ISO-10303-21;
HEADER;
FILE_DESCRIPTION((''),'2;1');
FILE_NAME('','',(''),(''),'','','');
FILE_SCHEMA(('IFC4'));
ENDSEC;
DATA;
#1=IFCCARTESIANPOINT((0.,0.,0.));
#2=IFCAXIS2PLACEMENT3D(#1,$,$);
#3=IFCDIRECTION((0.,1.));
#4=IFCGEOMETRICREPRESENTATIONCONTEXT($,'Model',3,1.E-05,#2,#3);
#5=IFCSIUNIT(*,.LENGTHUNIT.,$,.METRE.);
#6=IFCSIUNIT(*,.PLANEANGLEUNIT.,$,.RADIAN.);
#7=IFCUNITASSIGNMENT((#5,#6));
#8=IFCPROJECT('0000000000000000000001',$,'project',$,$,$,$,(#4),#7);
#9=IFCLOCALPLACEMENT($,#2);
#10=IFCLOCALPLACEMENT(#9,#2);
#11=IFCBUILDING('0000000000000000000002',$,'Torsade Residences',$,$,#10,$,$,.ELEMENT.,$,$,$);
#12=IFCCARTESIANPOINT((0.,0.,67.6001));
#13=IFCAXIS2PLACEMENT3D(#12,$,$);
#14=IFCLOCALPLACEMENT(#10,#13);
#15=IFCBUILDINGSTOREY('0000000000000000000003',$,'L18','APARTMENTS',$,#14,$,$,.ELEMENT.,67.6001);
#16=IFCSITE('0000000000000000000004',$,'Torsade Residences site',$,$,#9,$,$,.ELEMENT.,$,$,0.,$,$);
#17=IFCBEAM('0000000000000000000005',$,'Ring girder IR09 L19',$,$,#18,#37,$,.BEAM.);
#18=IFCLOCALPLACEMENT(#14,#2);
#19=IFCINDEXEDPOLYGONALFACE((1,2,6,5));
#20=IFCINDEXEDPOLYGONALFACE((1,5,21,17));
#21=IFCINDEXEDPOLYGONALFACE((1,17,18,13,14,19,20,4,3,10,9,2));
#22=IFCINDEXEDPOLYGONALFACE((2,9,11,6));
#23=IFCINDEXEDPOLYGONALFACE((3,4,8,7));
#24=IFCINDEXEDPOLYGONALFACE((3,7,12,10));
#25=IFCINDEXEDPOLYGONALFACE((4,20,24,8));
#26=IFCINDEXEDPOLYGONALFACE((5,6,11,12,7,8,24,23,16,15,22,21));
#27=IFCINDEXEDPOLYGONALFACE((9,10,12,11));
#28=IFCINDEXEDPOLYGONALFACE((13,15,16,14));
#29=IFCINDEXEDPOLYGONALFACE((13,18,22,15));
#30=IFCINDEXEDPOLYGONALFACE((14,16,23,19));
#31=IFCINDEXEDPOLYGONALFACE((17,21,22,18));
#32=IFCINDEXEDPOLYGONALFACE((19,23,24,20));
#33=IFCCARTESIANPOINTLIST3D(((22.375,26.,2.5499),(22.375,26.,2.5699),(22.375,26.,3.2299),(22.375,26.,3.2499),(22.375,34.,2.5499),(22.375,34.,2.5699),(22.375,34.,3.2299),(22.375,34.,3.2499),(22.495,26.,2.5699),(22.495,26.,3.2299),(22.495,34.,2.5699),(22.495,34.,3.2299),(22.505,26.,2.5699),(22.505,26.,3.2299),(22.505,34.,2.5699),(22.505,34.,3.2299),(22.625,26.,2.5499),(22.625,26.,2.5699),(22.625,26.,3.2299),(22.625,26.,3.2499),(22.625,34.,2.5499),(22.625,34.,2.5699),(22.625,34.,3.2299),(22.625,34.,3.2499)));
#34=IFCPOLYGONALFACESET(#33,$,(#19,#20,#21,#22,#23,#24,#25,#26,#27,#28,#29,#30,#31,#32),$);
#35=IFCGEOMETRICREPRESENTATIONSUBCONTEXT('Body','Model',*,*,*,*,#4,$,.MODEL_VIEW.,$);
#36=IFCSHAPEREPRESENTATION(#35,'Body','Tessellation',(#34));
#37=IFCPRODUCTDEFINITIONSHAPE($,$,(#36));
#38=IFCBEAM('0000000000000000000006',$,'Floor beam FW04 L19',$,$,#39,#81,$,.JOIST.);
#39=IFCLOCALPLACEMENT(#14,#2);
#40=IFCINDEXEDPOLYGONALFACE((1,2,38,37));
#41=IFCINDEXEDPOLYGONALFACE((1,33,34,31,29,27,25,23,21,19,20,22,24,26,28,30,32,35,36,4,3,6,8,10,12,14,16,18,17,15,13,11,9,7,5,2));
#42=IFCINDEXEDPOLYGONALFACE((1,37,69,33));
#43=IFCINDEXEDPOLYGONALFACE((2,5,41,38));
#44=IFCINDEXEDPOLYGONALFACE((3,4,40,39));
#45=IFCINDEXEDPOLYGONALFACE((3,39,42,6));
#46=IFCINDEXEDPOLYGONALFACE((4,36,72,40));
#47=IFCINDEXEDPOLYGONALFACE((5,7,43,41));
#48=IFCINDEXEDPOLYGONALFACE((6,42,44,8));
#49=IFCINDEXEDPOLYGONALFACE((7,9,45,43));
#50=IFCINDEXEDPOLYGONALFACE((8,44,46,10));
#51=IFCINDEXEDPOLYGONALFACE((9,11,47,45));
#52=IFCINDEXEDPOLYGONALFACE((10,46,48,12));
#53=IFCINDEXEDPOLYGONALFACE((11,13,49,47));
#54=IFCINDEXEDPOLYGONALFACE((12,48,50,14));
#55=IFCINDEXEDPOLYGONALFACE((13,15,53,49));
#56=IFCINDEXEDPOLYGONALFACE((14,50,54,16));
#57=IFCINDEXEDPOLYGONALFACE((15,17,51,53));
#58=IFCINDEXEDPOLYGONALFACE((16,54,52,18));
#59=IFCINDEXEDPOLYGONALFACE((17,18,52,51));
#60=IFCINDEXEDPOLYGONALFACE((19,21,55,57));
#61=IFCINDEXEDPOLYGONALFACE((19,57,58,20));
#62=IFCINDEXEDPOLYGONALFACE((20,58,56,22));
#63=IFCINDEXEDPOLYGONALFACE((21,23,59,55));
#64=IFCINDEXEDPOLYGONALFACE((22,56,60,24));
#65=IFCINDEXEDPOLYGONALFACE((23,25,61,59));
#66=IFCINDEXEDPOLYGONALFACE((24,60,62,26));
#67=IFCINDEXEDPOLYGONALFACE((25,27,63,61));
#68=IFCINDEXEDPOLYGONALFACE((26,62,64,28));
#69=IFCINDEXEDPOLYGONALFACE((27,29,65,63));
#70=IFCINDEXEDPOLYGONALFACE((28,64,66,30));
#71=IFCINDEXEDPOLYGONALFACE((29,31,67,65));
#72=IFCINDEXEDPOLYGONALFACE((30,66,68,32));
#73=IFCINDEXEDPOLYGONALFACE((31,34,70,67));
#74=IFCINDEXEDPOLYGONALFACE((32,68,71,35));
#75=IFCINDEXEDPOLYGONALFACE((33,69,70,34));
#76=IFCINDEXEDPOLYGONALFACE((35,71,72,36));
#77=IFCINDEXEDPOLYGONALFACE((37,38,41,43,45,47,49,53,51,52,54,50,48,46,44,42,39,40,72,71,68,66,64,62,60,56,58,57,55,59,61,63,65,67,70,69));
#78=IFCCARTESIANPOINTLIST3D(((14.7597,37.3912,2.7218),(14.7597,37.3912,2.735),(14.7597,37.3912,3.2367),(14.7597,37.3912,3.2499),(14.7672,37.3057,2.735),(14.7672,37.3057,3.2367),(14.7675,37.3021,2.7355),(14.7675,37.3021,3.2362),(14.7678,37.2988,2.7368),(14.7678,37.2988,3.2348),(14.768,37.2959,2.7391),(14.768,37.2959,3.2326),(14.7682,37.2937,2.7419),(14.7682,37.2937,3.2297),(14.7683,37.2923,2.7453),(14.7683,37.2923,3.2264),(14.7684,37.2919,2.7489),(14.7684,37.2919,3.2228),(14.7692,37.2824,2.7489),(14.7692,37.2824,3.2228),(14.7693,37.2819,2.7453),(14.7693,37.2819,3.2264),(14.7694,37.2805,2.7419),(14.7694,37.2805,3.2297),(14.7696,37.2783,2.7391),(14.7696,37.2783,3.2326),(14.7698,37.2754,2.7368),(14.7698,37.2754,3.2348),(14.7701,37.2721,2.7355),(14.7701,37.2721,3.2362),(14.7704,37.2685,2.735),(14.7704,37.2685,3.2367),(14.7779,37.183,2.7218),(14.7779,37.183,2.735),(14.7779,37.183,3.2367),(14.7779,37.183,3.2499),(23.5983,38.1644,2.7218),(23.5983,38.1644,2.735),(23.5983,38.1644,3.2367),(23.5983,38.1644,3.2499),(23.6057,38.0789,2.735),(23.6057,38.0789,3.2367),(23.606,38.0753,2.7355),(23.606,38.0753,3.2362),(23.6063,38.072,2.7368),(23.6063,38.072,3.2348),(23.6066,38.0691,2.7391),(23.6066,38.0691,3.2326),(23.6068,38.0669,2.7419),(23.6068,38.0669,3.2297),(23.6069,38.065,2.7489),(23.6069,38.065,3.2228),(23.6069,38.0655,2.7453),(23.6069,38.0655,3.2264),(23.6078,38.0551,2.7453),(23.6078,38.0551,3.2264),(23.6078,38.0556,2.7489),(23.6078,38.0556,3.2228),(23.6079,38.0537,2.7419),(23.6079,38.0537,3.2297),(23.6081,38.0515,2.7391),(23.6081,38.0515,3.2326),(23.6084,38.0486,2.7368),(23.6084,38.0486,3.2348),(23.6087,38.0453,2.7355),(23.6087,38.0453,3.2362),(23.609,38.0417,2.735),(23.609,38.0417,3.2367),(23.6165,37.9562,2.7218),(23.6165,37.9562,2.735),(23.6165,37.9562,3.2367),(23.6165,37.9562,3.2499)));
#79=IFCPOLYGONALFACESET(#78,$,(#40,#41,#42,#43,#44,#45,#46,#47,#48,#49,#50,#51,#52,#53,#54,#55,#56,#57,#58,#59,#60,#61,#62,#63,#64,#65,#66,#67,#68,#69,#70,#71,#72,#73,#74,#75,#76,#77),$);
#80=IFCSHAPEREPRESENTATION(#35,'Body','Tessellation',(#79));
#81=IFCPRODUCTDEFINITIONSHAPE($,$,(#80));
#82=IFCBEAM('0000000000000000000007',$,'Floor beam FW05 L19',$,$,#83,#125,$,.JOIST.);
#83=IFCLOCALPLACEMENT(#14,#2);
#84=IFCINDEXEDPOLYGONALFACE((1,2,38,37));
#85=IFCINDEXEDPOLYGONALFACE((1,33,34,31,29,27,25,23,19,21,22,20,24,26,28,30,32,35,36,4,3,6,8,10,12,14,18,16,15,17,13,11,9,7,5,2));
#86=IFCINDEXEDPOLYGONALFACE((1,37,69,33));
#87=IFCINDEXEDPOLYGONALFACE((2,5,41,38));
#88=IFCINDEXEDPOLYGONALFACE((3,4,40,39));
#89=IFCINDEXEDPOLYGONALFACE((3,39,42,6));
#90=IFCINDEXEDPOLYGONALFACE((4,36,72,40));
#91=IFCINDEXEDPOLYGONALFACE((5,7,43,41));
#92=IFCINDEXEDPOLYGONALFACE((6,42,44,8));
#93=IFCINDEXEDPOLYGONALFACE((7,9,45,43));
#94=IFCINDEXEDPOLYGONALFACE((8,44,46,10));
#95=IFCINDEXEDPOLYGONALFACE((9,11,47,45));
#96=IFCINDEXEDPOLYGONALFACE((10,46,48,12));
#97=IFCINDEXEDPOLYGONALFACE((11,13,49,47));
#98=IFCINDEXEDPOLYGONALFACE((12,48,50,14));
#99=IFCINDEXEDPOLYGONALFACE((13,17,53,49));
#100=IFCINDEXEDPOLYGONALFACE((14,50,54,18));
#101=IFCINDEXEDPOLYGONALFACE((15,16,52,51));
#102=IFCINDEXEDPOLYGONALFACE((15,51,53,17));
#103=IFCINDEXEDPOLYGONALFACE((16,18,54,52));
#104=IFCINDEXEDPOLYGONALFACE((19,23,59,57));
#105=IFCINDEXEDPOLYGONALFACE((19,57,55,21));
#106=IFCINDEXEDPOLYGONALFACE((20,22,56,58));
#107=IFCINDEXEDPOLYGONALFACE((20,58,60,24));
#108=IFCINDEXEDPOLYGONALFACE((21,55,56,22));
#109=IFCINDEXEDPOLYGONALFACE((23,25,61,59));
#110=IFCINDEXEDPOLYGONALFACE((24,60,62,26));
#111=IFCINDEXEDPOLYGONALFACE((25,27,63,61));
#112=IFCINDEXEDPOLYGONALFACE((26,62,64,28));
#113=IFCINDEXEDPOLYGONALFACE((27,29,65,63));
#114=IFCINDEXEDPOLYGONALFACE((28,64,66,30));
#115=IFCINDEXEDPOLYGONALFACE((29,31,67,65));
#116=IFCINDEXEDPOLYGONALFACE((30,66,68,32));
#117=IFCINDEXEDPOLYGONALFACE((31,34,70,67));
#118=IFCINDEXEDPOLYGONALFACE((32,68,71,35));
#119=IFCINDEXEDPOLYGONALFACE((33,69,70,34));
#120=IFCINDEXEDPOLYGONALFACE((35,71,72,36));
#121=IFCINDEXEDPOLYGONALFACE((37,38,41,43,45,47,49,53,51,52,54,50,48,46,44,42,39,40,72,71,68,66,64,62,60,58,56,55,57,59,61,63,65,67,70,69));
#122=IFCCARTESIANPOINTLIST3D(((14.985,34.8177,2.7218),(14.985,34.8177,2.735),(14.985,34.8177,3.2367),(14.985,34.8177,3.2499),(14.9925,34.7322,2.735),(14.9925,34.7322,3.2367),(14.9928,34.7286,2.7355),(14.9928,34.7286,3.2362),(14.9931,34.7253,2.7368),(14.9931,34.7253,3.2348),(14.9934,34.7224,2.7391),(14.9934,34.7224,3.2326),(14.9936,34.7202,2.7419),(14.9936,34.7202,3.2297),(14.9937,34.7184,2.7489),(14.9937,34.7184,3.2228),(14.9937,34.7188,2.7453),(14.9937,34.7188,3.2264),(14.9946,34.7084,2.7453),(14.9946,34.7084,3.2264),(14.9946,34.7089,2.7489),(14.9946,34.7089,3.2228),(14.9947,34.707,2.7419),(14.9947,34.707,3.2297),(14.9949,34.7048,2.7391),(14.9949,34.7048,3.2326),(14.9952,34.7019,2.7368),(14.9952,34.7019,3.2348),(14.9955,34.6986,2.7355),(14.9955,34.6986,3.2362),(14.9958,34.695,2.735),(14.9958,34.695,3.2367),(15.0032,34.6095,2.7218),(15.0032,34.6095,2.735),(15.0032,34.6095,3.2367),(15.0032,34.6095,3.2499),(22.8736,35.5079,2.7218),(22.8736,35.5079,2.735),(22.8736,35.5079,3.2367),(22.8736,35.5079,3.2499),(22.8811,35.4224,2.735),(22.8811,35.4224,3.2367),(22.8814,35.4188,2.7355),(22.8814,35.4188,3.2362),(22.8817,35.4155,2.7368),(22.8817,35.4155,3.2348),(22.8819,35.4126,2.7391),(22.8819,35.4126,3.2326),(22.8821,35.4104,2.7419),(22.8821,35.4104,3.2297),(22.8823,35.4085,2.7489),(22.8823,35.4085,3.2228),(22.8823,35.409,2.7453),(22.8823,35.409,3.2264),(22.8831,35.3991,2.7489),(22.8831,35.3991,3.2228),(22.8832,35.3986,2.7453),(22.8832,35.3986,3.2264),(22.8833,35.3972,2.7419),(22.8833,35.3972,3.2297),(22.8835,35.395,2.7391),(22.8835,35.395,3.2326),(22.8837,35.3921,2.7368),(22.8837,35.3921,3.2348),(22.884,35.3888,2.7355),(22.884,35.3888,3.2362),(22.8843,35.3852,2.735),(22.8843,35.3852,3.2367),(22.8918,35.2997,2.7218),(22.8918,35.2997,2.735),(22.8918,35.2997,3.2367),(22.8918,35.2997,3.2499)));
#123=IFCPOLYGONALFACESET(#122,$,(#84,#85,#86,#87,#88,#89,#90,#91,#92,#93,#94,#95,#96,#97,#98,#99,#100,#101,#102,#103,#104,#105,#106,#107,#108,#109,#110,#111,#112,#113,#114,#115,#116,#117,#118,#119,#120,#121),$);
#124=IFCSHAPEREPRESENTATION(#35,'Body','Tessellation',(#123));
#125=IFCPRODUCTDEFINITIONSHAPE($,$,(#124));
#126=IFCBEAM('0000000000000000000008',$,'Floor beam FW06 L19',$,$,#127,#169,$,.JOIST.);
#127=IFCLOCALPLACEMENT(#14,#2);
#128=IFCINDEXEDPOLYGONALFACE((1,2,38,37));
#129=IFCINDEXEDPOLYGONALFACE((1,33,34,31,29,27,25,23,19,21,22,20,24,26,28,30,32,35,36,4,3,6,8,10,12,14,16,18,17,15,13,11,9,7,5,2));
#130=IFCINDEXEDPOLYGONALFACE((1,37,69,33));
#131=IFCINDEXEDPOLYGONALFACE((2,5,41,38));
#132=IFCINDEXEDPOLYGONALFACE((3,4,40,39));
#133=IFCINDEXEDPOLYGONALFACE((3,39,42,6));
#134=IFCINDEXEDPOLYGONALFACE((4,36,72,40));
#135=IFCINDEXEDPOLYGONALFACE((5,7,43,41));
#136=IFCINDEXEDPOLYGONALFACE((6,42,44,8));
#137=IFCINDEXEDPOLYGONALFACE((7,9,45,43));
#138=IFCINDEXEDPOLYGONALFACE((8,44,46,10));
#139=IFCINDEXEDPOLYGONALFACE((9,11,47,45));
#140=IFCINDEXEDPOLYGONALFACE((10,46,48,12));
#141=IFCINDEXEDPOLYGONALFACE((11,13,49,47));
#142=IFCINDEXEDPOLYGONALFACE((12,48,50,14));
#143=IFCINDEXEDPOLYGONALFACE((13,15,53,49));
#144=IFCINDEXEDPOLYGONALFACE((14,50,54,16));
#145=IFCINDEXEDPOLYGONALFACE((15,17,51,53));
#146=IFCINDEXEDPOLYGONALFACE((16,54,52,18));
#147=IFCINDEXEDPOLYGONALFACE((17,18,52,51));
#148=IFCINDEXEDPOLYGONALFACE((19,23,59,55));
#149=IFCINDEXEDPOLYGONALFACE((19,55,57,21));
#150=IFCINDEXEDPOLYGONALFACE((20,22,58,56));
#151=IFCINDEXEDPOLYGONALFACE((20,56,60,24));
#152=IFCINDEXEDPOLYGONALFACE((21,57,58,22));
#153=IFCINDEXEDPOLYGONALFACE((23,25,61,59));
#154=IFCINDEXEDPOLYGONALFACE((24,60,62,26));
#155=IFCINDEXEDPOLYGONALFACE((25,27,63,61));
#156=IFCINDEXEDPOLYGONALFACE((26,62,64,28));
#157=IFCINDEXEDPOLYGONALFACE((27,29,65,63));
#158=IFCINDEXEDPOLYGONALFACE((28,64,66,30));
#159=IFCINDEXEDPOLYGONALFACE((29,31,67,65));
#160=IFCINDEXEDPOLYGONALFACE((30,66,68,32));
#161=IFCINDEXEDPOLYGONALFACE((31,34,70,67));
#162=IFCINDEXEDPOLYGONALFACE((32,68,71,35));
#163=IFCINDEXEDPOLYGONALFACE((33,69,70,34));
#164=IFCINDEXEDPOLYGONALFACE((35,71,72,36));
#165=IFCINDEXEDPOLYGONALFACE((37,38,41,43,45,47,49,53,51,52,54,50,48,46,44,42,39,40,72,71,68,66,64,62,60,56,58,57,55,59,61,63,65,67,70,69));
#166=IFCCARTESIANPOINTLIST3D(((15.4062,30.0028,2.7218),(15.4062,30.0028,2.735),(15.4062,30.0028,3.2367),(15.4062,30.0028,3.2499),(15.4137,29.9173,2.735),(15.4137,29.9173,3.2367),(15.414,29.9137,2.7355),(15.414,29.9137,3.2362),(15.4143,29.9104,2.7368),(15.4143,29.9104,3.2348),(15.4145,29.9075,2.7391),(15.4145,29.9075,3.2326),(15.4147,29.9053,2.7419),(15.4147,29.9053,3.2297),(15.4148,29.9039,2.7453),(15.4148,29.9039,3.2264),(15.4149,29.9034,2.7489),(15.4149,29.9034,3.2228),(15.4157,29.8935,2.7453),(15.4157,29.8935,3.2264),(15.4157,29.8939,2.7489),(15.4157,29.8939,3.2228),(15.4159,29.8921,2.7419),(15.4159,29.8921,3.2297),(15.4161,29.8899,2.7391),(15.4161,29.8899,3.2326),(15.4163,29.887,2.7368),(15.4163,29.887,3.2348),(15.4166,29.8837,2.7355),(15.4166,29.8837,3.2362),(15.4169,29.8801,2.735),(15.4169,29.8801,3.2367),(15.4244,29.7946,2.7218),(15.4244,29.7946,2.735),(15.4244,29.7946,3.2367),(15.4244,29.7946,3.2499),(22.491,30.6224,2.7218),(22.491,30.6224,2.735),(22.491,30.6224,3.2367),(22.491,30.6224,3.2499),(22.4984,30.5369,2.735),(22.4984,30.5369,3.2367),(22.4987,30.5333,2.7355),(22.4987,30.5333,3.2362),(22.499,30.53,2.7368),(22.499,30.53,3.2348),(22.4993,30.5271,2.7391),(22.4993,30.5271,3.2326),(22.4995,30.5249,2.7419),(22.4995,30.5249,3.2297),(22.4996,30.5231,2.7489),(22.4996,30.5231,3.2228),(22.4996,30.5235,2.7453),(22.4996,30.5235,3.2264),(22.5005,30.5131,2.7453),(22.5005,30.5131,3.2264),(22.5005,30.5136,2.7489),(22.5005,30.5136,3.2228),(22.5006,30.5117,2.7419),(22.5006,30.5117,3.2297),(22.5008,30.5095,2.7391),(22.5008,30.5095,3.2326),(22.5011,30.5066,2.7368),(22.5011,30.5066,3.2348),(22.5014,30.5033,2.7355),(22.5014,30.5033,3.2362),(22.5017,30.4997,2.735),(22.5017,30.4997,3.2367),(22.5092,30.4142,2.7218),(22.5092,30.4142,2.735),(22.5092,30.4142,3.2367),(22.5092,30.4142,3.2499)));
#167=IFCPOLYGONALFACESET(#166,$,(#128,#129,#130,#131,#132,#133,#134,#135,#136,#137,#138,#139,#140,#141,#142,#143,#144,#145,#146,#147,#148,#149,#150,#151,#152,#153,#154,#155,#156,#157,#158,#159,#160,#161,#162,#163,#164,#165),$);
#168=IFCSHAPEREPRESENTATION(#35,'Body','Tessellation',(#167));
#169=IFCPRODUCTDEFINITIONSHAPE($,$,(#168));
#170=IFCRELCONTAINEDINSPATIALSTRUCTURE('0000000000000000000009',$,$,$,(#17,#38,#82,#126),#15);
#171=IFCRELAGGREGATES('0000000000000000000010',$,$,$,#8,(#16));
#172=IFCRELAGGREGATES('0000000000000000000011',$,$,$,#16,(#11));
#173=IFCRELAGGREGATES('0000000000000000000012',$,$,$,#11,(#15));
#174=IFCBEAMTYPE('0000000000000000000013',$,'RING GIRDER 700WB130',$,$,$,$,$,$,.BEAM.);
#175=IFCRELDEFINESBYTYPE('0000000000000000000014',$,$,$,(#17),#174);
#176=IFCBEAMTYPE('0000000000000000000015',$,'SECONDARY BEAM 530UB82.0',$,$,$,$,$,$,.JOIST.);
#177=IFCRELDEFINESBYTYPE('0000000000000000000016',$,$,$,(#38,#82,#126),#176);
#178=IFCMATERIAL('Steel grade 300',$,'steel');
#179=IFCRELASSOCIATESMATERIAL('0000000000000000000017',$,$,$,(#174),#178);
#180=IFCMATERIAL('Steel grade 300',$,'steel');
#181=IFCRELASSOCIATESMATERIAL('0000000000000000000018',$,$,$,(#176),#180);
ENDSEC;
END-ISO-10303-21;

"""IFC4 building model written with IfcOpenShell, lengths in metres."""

from ifc_helpers import new_model, si_unit, direction, frame, origin, origin_2d, place, context, subcontext, project, spatial, i_section, extrude, material, material_profile, profile_set, type_object, element, save


model = new_model("IFC4")

# Units and contexts
model_context = context("Model", 3, precision=1e-05, world=origin(), true_north=direction((0.0, 1.0)))
body_context = subcontext(model_context, "Body", "Model", "MODEL_VIEW")
ifc_project = project(units=[si_unit("LENGTHUNIT", "METRE"), si_unit("PLANEANGLEUNIT", "RADIAN")], contexts=[model_context])

# Site, building, storey
site_placement = place(None, origin())
site = spatial("IfcSite", under=ifc_project, at=site_placement, Name="Torsade Residences site", CompositionType="ELEMENT", RefElevation=0.0)
building_placement = place(site_placement, origin())
building = spatial("IfcBuilding", under=site, at=building_placement, Name="Torsade Residences", CompositionType="ELEMENT")
storey_placement = place(building_placement, frame((0.0, 0.0, 67.6001)))
storey = spatial("IfcBuildingStorey", under=building, at=storey_placement, Name="L18", Description="APARTMENTS", CompositionType="ELEMENT", Elevation=67.6001)

# Beams
ifc_material_1 = material(Name="Steel grade 300", Category="steel")
ifc_material_profile_1 = material_profile(ifc_material_1, i_section(OverallWidth=0.25, OverallDepth=0.7, WebThickness=0.01, FlangeThickness=0.02, at=origin_2d()), Name="700WB130")
ifc_profile_set_1 = profile_set([ifc_material_profile_1], Name="Steel grade 300")
beam_type_1 = type_object("IfcBeamType", Name="RING GIRDER 700WB130", PredefinedType="BEAM", material=ifc_profile_set_1)
beam_1_placement = place(storey_placement, frame((22.5, 34.0, 2.8999), z_axis=(0.0, -1.0, 0.0), x_axis=(1.0, 0.0, 0.0)))
element("IfcBeam", 1, at=beam_1_placement, inside=storey, type_object=beam_type_1, Name="Ring girder IR09 L19", PredefinedType="BEAM", context=body_context, shape_type="SweptSolid", body=[
    extrude(i_section(OverallWidth=0.25, OverallDepth=0.7, WebThickness=0.01, FlangeThickness=0.02, at=origin_2d()), origin(), (0.0, 0.0, 1.0), 8.0),
])
ifc_material_2 = material(Name="Steel grade 300", Category="steel")
ifc_material_profile_2 = material_profile(ifc_material_2, i_section(OverallWidth=0.209, OverallDepth=0.5281, WebThickness=0.0095, FlangeThickness=0.0132, FilletRadius=0.0139, at=origin_2d()), Name="530UB82.0")
ifc_profile_set_2 = profile_set([ifc_material_profile_2], Name="Steel grade 300")
beam_type_2 = type_object("IfcBeamType", Name="SECONDARY BEAM 530UB82.0", PredefinedType="JOIST", material=ifc_profile_set_2)
beam_2_placement = place(storey_placement, frame((14.7688, 37.2871, 2.9858), z_axis=(0.996196, 0.087146, 0.0), x_axis=(-0.087146, 0.996196, 0.0)))
element("IfcBeam", 2, at=beam_2_placement, inside=storey, type_object=beam_type_2, Name="Floor beam FW04 L19", PredefinedType="JOIST", context=body_context, shape_type="SweptSolid", body=[
    extrude(i_section(OverallWidth=0.209, OverallDepth=0.5281, WebThickness=0.0095, FlangeThickness=0.0132, FilletRadius=0.0139, at=origin_2d()), origin(), (0.0, 0.0, 1.0), 8.8723),
])
beam_3_placement = place(storey_placement, frame((14.9941, 34.7136, 2.9858), z_axis=(0.996195, 0.087158, 0.0), x_axis=(-0.087158, 0.996195, 0.0)))
element("IfcBeam", 3, at=beam_3_placement, inside=storey, type_object=beam_type_2, Name="Floor beam FW05 L19", PredefinedType="JOIST", context=body_context, shape_type="SweptSolid", body=[
    extrude(i_section(OverallWidth=0.209, OverallDepth=0.5281, WebThickness=0.0095, FlangeThickness=0.0132, FilletRadius=0.0139, at=origin_2d()), origin(), (0.0, 0.0, 1.0), 7.9187),
])
beam_4_placement = place(storey_placement, frame((15.4153, 29.8987, 2.9858), z_axis=(0.996197, 0.087127, 0.0), x_axis=(-0.087127, 0.996197, 0.0)))
element("IfcBeam", 4, at=beam_4_placement, inside=storey, type_object=beam_type_2, Name="Floor beam FW06 L19", PredefinedType="JOIST", context=body_context, shape_type="SweptSolid", body=[
    extrude(i_section(OverallWidth=0.209, OverallDepth=0.5281, WebThickness=0.0095, FlangeThickness=0.0132, FilletRadius=0.0139, at=origin_2d()), origin(), (0.0, 0.0, 1.0), 7.1118),
])

save(model, "model.ifc")
